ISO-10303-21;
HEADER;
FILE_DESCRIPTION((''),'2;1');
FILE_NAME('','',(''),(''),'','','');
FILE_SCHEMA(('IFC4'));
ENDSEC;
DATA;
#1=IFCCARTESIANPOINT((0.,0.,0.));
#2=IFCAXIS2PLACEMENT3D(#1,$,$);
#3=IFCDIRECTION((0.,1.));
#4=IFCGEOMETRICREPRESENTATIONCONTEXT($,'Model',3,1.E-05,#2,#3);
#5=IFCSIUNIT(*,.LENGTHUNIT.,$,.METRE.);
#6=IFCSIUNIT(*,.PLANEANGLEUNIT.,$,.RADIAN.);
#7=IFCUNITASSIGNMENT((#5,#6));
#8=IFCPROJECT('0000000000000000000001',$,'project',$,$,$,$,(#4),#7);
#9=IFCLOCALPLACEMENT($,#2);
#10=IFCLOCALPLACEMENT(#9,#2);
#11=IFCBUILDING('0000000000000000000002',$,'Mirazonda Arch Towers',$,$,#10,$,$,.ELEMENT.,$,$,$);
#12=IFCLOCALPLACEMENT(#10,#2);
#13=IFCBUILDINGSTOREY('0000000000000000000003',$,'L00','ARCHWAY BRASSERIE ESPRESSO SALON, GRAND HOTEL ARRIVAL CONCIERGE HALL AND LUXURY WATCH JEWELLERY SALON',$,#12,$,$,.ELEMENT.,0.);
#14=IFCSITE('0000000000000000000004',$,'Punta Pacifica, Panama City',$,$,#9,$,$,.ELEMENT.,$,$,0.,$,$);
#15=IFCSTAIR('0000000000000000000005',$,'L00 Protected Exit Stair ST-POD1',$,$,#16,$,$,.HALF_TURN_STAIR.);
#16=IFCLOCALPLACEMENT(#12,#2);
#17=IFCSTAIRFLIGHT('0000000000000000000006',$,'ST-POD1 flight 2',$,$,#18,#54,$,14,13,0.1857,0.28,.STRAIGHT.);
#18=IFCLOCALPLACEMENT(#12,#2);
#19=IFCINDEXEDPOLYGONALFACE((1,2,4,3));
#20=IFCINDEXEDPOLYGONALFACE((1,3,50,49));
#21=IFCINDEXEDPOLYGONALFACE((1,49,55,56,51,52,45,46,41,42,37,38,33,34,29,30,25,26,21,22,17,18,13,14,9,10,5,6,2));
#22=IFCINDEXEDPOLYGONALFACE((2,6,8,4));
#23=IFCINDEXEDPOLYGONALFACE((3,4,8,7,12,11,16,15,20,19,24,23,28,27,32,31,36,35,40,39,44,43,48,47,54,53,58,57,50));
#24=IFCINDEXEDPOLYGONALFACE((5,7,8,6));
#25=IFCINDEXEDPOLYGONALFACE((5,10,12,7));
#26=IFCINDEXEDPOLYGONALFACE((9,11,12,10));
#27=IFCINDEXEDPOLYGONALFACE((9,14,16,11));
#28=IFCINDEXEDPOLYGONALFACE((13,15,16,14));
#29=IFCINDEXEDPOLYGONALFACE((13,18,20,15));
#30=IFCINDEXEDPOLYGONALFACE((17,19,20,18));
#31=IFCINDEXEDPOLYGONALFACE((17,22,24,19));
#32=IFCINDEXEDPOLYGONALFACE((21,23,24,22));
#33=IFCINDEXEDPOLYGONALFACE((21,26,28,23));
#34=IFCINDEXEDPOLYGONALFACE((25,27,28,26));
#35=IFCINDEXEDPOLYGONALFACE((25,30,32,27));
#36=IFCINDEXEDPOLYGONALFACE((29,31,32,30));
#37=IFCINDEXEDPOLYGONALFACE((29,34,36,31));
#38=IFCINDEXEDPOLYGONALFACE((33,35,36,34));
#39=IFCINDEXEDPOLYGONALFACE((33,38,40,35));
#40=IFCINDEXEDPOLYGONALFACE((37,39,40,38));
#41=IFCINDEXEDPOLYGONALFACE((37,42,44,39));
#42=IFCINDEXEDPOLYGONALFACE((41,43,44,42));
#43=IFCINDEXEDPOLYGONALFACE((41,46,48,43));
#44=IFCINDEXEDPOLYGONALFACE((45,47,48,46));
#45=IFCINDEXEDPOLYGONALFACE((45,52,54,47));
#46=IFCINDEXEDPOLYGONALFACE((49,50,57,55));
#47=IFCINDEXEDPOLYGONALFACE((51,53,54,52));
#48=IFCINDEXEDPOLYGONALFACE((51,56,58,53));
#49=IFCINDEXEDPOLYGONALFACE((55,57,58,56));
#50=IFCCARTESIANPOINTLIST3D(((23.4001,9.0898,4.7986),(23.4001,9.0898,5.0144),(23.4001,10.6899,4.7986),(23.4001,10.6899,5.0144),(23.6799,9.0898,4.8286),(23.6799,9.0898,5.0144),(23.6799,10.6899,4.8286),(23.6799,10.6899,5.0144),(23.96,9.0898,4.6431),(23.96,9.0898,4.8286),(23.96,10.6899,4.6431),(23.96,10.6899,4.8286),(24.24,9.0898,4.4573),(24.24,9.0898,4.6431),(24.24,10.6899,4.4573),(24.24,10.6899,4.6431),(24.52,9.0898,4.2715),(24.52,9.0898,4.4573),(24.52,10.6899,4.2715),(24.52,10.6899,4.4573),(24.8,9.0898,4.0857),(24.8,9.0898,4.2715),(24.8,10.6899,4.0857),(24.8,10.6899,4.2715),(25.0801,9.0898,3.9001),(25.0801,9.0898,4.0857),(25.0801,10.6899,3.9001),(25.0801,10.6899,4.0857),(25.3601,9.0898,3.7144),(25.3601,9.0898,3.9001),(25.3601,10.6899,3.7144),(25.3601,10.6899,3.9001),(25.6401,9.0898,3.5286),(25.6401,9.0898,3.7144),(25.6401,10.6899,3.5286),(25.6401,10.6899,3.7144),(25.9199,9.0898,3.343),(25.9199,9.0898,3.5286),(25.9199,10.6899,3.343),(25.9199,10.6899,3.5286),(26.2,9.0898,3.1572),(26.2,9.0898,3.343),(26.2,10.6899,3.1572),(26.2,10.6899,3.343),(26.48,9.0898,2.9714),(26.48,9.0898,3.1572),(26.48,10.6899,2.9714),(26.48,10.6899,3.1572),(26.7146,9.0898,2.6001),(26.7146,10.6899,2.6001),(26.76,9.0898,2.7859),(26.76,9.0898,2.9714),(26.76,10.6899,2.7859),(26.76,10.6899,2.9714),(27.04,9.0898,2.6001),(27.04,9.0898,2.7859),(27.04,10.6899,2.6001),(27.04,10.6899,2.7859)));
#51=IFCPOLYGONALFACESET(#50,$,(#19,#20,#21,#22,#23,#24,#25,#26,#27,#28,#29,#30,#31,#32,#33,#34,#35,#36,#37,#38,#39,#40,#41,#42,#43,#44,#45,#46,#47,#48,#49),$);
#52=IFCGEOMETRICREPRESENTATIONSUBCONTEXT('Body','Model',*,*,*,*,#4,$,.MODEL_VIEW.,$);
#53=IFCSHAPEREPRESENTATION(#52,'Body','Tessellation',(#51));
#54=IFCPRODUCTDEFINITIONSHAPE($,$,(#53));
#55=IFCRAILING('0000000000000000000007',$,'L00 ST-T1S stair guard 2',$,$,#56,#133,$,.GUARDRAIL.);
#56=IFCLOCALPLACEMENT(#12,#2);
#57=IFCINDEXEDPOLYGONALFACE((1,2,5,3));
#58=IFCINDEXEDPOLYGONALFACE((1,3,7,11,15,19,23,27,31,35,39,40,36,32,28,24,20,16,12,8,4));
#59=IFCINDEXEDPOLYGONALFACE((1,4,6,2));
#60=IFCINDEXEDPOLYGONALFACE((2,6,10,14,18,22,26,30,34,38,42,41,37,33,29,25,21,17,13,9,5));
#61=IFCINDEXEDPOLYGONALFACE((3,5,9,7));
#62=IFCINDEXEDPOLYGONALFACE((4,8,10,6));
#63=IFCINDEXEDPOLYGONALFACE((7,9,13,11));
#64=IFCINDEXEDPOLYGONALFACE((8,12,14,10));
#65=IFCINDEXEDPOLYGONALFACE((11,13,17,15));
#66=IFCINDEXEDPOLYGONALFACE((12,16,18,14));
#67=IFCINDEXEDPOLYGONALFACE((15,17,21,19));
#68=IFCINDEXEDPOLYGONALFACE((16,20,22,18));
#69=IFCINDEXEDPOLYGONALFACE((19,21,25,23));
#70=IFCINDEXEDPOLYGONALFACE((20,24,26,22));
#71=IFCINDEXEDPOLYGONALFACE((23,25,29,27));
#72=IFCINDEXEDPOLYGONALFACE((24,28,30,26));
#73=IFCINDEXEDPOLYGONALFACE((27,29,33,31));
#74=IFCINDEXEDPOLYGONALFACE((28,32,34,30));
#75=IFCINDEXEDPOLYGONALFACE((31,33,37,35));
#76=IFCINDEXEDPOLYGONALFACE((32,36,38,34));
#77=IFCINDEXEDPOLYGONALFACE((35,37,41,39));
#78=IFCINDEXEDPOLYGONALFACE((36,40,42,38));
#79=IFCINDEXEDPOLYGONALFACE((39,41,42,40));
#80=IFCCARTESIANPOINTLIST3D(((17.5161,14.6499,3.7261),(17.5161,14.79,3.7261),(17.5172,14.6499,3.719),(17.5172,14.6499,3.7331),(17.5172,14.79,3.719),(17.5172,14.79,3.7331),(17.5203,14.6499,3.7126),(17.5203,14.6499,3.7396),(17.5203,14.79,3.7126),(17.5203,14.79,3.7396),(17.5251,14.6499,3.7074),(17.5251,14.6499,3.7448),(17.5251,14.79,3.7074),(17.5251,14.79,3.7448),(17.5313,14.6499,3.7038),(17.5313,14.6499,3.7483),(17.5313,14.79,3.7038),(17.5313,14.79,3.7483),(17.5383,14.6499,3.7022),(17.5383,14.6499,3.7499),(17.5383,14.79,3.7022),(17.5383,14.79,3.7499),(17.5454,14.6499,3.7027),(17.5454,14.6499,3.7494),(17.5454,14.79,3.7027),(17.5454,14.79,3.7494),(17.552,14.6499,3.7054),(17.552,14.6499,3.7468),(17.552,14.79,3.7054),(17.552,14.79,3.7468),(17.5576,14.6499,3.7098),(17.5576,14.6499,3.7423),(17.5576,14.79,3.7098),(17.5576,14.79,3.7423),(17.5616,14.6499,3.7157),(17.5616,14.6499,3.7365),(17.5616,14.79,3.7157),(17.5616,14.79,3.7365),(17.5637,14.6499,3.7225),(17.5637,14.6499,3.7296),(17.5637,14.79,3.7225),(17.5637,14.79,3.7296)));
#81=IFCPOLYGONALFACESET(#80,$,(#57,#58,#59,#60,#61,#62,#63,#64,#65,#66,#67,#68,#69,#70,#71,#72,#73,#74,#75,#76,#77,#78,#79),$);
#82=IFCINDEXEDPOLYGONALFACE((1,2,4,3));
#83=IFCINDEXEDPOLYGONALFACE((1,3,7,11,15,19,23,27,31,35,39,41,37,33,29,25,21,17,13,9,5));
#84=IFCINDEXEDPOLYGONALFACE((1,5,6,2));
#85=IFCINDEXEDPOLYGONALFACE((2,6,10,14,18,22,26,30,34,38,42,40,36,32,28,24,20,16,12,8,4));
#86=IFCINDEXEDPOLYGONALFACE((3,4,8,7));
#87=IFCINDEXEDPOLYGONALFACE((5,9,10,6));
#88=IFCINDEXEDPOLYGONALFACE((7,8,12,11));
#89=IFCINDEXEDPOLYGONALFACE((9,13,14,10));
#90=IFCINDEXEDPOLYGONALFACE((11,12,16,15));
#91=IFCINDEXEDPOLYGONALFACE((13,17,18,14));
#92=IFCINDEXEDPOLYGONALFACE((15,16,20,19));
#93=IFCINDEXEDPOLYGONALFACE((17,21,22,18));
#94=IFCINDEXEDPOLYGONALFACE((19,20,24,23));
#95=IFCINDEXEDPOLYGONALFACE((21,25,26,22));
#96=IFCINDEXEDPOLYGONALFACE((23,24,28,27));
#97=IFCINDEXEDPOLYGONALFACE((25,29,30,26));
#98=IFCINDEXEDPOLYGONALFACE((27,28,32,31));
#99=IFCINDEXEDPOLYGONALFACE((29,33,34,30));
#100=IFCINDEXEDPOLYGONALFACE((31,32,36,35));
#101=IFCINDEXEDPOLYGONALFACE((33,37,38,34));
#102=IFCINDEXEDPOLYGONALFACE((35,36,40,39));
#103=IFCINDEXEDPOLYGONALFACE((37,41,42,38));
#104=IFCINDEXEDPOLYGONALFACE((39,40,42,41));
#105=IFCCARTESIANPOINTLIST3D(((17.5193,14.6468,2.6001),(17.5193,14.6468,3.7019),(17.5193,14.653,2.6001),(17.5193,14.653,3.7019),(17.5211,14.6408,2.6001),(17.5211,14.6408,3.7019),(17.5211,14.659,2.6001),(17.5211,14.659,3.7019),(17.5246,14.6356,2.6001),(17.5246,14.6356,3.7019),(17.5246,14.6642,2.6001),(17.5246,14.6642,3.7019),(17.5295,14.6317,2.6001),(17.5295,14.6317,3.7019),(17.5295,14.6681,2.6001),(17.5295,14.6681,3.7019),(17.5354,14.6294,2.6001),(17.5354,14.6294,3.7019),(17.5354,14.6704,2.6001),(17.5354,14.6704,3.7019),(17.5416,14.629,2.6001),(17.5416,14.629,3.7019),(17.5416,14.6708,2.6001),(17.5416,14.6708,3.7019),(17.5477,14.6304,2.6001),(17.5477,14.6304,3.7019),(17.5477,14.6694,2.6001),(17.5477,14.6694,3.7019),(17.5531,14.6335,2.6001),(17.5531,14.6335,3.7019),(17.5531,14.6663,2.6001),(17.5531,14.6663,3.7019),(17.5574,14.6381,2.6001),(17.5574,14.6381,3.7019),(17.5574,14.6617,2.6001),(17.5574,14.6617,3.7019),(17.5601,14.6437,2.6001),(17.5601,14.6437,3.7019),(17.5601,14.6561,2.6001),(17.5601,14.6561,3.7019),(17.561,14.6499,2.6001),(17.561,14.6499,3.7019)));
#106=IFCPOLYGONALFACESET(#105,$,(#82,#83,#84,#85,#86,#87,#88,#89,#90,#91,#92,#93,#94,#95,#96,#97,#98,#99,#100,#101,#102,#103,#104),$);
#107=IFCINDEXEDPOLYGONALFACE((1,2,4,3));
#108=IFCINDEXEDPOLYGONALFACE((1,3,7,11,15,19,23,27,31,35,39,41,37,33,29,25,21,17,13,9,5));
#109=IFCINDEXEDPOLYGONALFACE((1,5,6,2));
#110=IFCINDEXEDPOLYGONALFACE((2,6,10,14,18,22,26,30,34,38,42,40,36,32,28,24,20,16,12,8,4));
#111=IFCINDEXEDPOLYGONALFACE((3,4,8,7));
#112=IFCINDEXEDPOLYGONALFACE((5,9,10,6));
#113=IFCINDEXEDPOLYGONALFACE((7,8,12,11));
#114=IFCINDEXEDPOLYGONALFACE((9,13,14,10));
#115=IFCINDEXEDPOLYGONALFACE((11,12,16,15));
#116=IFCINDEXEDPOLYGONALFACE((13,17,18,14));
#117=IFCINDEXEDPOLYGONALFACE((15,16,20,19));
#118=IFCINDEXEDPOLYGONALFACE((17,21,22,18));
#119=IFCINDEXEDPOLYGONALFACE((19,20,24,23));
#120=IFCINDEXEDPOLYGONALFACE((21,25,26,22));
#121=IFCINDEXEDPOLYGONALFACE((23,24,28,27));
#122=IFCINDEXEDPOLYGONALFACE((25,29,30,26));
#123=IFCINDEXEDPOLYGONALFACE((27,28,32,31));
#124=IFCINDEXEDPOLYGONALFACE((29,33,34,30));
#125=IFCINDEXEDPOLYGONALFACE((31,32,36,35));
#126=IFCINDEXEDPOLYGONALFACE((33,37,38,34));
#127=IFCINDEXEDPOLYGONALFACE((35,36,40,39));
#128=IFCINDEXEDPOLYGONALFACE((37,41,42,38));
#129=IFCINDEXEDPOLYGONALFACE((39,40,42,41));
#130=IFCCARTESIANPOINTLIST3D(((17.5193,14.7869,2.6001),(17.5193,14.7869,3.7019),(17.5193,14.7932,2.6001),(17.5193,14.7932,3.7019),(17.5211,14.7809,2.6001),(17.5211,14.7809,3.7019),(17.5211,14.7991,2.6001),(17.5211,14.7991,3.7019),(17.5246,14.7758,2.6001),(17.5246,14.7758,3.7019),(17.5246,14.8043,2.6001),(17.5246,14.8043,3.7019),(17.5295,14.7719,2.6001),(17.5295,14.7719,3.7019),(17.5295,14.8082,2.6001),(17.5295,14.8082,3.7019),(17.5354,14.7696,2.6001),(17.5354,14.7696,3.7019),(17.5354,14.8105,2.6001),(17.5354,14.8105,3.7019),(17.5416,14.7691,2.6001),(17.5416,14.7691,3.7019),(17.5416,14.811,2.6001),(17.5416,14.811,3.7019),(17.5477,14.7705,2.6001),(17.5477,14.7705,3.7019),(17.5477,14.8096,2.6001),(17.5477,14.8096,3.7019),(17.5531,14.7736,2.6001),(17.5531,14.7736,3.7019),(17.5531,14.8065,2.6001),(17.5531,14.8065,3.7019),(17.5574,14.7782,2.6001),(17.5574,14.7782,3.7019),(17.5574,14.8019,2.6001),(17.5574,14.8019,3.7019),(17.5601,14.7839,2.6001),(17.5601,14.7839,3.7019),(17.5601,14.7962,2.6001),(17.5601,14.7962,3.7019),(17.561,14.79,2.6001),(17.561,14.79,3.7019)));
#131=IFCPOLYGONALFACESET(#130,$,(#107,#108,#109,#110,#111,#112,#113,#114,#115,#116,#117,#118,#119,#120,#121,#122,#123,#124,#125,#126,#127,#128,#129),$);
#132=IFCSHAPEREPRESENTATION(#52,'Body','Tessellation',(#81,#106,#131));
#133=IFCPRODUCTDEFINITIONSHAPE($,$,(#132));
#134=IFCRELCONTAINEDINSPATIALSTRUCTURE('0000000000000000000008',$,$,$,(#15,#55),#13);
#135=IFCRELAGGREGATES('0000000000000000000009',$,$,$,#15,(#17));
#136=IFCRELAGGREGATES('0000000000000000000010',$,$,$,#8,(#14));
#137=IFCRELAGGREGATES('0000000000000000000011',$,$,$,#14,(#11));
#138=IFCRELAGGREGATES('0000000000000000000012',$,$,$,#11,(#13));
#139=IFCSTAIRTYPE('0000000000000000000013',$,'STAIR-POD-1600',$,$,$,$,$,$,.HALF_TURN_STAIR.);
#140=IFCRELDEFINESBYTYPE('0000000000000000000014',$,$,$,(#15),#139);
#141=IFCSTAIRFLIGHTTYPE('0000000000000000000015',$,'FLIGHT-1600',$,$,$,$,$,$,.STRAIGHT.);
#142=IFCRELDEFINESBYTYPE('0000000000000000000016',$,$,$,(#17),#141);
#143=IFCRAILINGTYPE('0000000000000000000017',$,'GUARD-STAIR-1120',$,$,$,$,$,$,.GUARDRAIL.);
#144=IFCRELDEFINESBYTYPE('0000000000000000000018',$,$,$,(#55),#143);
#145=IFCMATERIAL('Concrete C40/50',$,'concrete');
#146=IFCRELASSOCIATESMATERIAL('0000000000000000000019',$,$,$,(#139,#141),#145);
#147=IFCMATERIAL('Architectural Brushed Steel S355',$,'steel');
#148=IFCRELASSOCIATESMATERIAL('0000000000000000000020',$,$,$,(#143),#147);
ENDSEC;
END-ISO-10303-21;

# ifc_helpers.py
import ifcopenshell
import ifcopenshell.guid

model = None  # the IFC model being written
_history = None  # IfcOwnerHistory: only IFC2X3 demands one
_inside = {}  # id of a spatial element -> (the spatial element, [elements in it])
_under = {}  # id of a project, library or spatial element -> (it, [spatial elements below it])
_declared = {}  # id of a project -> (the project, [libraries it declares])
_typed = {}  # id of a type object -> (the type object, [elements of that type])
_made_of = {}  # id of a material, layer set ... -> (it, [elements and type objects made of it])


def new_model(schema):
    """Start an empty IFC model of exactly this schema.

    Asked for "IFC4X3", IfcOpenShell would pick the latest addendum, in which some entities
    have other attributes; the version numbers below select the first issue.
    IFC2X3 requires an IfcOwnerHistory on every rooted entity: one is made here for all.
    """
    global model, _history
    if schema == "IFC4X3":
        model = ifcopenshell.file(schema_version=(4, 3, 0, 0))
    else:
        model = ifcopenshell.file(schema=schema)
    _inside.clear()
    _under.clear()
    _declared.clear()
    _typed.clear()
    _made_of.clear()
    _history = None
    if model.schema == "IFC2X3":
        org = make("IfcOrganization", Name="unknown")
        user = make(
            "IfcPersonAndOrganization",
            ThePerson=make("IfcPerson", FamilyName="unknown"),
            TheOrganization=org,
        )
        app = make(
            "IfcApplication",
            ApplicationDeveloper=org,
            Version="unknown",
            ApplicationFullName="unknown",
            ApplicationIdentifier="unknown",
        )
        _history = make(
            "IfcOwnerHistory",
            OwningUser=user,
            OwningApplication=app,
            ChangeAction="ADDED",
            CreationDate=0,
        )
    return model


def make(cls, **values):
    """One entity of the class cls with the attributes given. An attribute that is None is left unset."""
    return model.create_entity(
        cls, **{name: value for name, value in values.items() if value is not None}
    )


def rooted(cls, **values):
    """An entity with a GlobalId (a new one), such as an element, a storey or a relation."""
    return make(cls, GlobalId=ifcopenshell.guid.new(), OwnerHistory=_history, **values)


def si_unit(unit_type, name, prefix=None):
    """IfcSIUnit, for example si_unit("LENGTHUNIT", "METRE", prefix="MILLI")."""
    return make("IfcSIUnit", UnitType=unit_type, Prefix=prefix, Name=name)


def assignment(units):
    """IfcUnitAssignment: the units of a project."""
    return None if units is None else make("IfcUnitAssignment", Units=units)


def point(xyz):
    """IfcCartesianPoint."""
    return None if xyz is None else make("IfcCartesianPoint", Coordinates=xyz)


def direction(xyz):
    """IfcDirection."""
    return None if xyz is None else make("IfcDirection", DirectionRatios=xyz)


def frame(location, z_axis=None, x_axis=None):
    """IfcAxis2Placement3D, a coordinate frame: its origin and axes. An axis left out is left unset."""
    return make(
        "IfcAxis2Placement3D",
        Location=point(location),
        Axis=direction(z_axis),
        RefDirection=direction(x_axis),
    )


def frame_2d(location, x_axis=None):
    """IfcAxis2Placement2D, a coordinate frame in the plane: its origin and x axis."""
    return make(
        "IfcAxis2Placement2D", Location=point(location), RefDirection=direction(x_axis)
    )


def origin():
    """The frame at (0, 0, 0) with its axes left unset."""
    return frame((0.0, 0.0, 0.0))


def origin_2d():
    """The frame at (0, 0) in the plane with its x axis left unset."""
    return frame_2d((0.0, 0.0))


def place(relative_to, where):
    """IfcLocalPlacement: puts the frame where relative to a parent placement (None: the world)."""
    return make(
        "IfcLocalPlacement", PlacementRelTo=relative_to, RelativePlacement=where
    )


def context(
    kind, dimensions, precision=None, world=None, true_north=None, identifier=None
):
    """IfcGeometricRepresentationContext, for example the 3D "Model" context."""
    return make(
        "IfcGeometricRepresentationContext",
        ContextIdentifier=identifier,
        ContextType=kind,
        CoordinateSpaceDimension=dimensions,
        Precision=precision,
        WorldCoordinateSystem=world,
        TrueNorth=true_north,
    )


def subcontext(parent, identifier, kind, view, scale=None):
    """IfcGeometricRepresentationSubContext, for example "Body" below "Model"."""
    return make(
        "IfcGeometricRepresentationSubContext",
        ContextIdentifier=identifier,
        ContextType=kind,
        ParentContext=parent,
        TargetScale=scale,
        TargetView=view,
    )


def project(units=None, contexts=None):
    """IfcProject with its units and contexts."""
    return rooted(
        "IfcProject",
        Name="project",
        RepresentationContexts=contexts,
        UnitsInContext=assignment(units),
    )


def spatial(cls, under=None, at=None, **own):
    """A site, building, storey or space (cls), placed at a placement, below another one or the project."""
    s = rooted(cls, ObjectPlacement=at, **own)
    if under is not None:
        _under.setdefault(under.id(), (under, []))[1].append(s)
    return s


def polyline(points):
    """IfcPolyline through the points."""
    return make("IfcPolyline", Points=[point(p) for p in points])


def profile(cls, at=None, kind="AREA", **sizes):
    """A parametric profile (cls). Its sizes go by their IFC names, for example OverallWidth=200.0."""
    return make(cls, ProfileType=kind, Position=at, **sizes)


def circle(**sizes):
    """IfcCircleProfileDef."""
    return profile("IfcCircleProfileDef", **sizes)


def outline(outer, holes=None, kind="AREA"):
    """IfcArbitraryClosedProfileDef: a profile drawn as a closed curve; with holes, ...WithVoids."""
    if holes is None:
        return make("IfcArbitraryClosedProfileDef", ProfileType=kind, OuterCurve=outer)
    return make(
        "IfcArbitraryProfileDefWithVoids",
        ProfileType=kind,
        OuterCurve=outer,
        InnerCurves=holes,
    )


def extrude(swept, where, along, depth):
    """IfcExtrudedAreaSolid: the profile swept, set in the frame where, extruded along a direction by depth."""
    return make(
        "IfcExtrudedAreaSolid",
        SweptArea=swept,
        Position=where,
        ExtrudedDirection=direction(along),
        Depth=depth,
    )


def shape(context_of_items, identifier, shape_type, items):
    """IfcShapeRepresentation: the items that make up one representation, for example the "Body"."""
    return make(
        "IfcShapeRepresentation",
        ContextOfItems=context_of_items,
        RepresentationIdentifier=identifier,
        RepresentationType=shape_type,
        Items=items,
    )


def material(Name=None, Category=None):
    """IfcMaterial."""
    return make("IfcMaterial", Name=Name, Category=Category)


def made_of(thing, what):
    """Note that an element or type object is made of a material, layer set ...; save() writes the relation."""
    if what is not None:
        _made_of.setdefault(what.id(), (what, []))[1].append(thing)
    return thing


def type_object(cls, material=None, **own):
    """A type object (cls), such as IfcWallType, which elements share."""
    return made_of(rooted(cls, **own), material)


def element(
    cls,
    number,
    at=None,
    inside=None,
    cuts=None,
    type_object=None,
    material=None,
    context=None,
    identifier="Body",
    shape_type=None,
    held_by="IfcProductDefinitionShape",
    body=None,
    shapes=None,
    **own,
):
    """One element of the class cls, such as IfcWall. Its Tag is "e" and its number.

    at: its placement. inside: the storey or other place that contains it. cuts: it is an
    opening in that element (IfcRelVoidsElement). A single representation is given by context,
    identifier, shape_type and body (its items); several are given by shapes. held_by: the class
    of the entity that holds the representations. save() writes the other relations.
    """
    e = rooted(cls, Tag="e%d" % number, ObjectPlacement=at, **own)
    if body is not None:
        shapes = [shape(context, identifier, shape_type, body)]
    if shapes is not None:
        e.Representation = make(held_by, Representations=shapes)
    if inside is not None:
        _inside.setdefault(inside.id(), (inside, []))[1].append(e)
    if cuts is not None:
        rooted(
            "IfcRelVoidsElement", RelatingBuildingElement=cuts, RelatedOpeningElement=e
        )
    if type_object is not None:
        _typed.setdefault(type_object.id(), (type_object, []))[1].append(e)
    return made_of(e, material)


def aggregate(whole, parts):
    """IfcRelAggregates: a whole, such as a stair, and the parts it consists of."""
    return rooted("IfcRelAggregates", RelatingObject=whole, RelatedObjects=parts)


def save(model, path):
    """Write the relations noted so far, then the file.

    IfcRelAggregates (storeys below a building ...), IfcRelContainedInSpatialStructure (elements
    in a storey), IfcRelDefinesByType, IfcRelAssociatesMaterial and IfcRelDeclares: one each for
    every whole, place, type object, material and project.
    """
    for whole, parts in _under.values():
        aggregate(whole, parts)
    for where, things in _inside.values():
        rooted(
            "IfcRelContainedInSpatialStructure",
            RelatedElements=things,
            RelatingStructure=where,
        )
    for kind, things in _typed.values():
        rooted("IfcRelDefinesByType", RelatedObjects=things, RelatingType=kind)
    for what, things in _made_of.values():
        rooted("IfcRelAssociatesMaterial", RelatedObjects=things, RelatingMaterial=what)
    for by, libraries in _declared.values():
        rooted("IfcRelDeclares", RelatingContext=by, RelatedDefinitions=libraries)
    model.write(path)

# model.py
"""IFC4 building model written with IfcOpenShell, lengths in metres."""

from ifc_helpers import new_model, si_unit, direction, frame, origin, origin_2d, place, context, subcontext, project, spatial, polyline, circle, outline, extrude, material, type_object, element, aggregate, save


model = new_model("IFC4")

# Units and contexts
model_context = context("Model", 3, precision=1e-05, world=origin(), true_north=direction((0.0, 1.0)))
body_context = subcontext(model_context, "Body", "Model", "MODEL_VIEW")
ifc_project = project(units=[si_unit("LENGTHUNIT", "METRE"), si_unit("PLANEANGLEUNIT", "RADIAN")], contexts=[model_context])

# Site, building, storey
site_placement = place(None, origin())
site = spatial("IfcSite", under=ifc_project, at=site_placement, Name="Punta Pacifica, Panama City", CompositionType="ELEMENT", RefElevation=0.0)
building_placement = place(site_placement, origin())
building = spatial("IfcBuilding", under=site, at=building_placement, Name="Mirazonda Arch Towers", CompositionType="ELEMENT")
storey_placement = place(building_placement, origin())
storey = spatial("IfcBuildingStorey", under=building, at=storey_placement, Name="L00", Description="ARCHWAY BRASSERIE ESPRESSO SALON, GRAND HOTEL ARRIVAL CONCIERGE HALL AND LUXURY WATCH JEWELLERY SALON", CompositionType="ELEMENT", Elevation=0.0)

# Shared definitions
ifc_material_1 = material(Name="Concrete C40/50", Category="concrete")

# Stair, stair flight
stair_type_1 = type_object("IfcStairType", Name="STAIR-POD-1600", PredefinedType="HALF_TURN_STAIR", material=ifc_material_1)
stair_1_placement = place(storey_placement, origin())
stair_1 = element("IfcStair", 1, at=stair_1_placement, inside=storey, type_object=stair_type_1, Name="L00 Protected Exit Stair ST-POD1", PredefinedType="HALF_TURN_STAIR")
stair_flight_type_1 = type_object("IfcStairFlightType", Name="FLIGHT-1600", PredefinedType="STRAIGHT", material=ifc_material_1)
stair_flight_1_placement = place(storey_placement, frame((27.04, 9.8899, 2.6001), z_axis=(0.0, 0.0, 1.0), x_axis=(-1.0, 0.0, 0.0)))
stair_flight_1 = element("IfcStairFlight", 2, at=stair_flight_1_placement, type_object=stair_flight_type_1, Name="ST-POD1 flight 2", NumberOfRisers=14, NumberOfTreads=13, PredefinedType="STRAIGHT", RiserHeight=0.1857, TreadLength=0.28, context=body_context, shape_type="SweptSolid", body=[
    extrude(outline(polyline([(0.0, 0.0), (0.0, 0.1858), (0.28, 0.1858), (0.28, 0.3713), (0.5601, 0.3713), (0.5601, 0.5571), (0.8401, 0.5571), (0.8401, 0.7429), (1.1201, 0.7429), (1.1201, 0.9285), (1.3999, 0.9285), (1.3999, 1.1143), (1.6799, 1.1143), (1.6799, 1.3), (1.96, 1.3), (1.96, 1.4856), (2.24, 1.4856), (2.24, 1.6714), (2.52, 1.6714), (2.52, 1.8572), (2.8, 1.8572), (2.8, 2.043), (3.0801, 2.043), (3.0801, 2.2285), (3.3601, 2.2285), (3.3601, 2.4143), (3.6399, 2.4143), (3.6399, 2.6001), (3.6399, 2.1985), (0.3254, 0.0), (0.0, 0.0)])), frame((0.0, 0.8, 0.0), z_axis=(0.0, -1.0, 0.0), x_axis=(1.0, 0.0, 0.0)), (0.0, 0.0, 1.0), 1.6001),
])
aggregate(stair_1, [stair_flight_1])

# Railing
ifc_material_2 = material(Name="Architectural Brushed Steel S355", Category="steel")
railing_type_1 = type_object("IfcRailingType", Name="GUARD-STAIR-1120", PredefinedType="GUARDRAIL", material=ifc_material_2)
railing_1_placement = place(storey_placement, frame((17.54, 14.6499, 2.6001)))
element("IfcRailing", 3, at=railing_1_placement, inside=storey, type_object=railing_type_1, Name="L00 ST-T1S stair guard 2", PredefinedType="GUARDRAIL", context=body_context, shape_type="SweptSolid", body=[
    extrude(circle(Radius=0.0239, at=origin_2d()), frame((0.0, 0.0, 1.126), z_axis=(0.0, 1.0, 0.0), x_axis=(-1.0, 0.0, 0.0)), (0.0, 0.0, 1.0), 0.1401),
    extrude(circle(Radius=0.021, at=origin_2d()), origin(), (0.0, 0.0, 1.0), 1.1018),
    extrude(circle(Radius=0.021, at=origin_2d()), frame((0.0, 0.1401, 0.0)), (0.0, 0.0, 1.0), 1.1018),
])

save(model, "model.ifc")
